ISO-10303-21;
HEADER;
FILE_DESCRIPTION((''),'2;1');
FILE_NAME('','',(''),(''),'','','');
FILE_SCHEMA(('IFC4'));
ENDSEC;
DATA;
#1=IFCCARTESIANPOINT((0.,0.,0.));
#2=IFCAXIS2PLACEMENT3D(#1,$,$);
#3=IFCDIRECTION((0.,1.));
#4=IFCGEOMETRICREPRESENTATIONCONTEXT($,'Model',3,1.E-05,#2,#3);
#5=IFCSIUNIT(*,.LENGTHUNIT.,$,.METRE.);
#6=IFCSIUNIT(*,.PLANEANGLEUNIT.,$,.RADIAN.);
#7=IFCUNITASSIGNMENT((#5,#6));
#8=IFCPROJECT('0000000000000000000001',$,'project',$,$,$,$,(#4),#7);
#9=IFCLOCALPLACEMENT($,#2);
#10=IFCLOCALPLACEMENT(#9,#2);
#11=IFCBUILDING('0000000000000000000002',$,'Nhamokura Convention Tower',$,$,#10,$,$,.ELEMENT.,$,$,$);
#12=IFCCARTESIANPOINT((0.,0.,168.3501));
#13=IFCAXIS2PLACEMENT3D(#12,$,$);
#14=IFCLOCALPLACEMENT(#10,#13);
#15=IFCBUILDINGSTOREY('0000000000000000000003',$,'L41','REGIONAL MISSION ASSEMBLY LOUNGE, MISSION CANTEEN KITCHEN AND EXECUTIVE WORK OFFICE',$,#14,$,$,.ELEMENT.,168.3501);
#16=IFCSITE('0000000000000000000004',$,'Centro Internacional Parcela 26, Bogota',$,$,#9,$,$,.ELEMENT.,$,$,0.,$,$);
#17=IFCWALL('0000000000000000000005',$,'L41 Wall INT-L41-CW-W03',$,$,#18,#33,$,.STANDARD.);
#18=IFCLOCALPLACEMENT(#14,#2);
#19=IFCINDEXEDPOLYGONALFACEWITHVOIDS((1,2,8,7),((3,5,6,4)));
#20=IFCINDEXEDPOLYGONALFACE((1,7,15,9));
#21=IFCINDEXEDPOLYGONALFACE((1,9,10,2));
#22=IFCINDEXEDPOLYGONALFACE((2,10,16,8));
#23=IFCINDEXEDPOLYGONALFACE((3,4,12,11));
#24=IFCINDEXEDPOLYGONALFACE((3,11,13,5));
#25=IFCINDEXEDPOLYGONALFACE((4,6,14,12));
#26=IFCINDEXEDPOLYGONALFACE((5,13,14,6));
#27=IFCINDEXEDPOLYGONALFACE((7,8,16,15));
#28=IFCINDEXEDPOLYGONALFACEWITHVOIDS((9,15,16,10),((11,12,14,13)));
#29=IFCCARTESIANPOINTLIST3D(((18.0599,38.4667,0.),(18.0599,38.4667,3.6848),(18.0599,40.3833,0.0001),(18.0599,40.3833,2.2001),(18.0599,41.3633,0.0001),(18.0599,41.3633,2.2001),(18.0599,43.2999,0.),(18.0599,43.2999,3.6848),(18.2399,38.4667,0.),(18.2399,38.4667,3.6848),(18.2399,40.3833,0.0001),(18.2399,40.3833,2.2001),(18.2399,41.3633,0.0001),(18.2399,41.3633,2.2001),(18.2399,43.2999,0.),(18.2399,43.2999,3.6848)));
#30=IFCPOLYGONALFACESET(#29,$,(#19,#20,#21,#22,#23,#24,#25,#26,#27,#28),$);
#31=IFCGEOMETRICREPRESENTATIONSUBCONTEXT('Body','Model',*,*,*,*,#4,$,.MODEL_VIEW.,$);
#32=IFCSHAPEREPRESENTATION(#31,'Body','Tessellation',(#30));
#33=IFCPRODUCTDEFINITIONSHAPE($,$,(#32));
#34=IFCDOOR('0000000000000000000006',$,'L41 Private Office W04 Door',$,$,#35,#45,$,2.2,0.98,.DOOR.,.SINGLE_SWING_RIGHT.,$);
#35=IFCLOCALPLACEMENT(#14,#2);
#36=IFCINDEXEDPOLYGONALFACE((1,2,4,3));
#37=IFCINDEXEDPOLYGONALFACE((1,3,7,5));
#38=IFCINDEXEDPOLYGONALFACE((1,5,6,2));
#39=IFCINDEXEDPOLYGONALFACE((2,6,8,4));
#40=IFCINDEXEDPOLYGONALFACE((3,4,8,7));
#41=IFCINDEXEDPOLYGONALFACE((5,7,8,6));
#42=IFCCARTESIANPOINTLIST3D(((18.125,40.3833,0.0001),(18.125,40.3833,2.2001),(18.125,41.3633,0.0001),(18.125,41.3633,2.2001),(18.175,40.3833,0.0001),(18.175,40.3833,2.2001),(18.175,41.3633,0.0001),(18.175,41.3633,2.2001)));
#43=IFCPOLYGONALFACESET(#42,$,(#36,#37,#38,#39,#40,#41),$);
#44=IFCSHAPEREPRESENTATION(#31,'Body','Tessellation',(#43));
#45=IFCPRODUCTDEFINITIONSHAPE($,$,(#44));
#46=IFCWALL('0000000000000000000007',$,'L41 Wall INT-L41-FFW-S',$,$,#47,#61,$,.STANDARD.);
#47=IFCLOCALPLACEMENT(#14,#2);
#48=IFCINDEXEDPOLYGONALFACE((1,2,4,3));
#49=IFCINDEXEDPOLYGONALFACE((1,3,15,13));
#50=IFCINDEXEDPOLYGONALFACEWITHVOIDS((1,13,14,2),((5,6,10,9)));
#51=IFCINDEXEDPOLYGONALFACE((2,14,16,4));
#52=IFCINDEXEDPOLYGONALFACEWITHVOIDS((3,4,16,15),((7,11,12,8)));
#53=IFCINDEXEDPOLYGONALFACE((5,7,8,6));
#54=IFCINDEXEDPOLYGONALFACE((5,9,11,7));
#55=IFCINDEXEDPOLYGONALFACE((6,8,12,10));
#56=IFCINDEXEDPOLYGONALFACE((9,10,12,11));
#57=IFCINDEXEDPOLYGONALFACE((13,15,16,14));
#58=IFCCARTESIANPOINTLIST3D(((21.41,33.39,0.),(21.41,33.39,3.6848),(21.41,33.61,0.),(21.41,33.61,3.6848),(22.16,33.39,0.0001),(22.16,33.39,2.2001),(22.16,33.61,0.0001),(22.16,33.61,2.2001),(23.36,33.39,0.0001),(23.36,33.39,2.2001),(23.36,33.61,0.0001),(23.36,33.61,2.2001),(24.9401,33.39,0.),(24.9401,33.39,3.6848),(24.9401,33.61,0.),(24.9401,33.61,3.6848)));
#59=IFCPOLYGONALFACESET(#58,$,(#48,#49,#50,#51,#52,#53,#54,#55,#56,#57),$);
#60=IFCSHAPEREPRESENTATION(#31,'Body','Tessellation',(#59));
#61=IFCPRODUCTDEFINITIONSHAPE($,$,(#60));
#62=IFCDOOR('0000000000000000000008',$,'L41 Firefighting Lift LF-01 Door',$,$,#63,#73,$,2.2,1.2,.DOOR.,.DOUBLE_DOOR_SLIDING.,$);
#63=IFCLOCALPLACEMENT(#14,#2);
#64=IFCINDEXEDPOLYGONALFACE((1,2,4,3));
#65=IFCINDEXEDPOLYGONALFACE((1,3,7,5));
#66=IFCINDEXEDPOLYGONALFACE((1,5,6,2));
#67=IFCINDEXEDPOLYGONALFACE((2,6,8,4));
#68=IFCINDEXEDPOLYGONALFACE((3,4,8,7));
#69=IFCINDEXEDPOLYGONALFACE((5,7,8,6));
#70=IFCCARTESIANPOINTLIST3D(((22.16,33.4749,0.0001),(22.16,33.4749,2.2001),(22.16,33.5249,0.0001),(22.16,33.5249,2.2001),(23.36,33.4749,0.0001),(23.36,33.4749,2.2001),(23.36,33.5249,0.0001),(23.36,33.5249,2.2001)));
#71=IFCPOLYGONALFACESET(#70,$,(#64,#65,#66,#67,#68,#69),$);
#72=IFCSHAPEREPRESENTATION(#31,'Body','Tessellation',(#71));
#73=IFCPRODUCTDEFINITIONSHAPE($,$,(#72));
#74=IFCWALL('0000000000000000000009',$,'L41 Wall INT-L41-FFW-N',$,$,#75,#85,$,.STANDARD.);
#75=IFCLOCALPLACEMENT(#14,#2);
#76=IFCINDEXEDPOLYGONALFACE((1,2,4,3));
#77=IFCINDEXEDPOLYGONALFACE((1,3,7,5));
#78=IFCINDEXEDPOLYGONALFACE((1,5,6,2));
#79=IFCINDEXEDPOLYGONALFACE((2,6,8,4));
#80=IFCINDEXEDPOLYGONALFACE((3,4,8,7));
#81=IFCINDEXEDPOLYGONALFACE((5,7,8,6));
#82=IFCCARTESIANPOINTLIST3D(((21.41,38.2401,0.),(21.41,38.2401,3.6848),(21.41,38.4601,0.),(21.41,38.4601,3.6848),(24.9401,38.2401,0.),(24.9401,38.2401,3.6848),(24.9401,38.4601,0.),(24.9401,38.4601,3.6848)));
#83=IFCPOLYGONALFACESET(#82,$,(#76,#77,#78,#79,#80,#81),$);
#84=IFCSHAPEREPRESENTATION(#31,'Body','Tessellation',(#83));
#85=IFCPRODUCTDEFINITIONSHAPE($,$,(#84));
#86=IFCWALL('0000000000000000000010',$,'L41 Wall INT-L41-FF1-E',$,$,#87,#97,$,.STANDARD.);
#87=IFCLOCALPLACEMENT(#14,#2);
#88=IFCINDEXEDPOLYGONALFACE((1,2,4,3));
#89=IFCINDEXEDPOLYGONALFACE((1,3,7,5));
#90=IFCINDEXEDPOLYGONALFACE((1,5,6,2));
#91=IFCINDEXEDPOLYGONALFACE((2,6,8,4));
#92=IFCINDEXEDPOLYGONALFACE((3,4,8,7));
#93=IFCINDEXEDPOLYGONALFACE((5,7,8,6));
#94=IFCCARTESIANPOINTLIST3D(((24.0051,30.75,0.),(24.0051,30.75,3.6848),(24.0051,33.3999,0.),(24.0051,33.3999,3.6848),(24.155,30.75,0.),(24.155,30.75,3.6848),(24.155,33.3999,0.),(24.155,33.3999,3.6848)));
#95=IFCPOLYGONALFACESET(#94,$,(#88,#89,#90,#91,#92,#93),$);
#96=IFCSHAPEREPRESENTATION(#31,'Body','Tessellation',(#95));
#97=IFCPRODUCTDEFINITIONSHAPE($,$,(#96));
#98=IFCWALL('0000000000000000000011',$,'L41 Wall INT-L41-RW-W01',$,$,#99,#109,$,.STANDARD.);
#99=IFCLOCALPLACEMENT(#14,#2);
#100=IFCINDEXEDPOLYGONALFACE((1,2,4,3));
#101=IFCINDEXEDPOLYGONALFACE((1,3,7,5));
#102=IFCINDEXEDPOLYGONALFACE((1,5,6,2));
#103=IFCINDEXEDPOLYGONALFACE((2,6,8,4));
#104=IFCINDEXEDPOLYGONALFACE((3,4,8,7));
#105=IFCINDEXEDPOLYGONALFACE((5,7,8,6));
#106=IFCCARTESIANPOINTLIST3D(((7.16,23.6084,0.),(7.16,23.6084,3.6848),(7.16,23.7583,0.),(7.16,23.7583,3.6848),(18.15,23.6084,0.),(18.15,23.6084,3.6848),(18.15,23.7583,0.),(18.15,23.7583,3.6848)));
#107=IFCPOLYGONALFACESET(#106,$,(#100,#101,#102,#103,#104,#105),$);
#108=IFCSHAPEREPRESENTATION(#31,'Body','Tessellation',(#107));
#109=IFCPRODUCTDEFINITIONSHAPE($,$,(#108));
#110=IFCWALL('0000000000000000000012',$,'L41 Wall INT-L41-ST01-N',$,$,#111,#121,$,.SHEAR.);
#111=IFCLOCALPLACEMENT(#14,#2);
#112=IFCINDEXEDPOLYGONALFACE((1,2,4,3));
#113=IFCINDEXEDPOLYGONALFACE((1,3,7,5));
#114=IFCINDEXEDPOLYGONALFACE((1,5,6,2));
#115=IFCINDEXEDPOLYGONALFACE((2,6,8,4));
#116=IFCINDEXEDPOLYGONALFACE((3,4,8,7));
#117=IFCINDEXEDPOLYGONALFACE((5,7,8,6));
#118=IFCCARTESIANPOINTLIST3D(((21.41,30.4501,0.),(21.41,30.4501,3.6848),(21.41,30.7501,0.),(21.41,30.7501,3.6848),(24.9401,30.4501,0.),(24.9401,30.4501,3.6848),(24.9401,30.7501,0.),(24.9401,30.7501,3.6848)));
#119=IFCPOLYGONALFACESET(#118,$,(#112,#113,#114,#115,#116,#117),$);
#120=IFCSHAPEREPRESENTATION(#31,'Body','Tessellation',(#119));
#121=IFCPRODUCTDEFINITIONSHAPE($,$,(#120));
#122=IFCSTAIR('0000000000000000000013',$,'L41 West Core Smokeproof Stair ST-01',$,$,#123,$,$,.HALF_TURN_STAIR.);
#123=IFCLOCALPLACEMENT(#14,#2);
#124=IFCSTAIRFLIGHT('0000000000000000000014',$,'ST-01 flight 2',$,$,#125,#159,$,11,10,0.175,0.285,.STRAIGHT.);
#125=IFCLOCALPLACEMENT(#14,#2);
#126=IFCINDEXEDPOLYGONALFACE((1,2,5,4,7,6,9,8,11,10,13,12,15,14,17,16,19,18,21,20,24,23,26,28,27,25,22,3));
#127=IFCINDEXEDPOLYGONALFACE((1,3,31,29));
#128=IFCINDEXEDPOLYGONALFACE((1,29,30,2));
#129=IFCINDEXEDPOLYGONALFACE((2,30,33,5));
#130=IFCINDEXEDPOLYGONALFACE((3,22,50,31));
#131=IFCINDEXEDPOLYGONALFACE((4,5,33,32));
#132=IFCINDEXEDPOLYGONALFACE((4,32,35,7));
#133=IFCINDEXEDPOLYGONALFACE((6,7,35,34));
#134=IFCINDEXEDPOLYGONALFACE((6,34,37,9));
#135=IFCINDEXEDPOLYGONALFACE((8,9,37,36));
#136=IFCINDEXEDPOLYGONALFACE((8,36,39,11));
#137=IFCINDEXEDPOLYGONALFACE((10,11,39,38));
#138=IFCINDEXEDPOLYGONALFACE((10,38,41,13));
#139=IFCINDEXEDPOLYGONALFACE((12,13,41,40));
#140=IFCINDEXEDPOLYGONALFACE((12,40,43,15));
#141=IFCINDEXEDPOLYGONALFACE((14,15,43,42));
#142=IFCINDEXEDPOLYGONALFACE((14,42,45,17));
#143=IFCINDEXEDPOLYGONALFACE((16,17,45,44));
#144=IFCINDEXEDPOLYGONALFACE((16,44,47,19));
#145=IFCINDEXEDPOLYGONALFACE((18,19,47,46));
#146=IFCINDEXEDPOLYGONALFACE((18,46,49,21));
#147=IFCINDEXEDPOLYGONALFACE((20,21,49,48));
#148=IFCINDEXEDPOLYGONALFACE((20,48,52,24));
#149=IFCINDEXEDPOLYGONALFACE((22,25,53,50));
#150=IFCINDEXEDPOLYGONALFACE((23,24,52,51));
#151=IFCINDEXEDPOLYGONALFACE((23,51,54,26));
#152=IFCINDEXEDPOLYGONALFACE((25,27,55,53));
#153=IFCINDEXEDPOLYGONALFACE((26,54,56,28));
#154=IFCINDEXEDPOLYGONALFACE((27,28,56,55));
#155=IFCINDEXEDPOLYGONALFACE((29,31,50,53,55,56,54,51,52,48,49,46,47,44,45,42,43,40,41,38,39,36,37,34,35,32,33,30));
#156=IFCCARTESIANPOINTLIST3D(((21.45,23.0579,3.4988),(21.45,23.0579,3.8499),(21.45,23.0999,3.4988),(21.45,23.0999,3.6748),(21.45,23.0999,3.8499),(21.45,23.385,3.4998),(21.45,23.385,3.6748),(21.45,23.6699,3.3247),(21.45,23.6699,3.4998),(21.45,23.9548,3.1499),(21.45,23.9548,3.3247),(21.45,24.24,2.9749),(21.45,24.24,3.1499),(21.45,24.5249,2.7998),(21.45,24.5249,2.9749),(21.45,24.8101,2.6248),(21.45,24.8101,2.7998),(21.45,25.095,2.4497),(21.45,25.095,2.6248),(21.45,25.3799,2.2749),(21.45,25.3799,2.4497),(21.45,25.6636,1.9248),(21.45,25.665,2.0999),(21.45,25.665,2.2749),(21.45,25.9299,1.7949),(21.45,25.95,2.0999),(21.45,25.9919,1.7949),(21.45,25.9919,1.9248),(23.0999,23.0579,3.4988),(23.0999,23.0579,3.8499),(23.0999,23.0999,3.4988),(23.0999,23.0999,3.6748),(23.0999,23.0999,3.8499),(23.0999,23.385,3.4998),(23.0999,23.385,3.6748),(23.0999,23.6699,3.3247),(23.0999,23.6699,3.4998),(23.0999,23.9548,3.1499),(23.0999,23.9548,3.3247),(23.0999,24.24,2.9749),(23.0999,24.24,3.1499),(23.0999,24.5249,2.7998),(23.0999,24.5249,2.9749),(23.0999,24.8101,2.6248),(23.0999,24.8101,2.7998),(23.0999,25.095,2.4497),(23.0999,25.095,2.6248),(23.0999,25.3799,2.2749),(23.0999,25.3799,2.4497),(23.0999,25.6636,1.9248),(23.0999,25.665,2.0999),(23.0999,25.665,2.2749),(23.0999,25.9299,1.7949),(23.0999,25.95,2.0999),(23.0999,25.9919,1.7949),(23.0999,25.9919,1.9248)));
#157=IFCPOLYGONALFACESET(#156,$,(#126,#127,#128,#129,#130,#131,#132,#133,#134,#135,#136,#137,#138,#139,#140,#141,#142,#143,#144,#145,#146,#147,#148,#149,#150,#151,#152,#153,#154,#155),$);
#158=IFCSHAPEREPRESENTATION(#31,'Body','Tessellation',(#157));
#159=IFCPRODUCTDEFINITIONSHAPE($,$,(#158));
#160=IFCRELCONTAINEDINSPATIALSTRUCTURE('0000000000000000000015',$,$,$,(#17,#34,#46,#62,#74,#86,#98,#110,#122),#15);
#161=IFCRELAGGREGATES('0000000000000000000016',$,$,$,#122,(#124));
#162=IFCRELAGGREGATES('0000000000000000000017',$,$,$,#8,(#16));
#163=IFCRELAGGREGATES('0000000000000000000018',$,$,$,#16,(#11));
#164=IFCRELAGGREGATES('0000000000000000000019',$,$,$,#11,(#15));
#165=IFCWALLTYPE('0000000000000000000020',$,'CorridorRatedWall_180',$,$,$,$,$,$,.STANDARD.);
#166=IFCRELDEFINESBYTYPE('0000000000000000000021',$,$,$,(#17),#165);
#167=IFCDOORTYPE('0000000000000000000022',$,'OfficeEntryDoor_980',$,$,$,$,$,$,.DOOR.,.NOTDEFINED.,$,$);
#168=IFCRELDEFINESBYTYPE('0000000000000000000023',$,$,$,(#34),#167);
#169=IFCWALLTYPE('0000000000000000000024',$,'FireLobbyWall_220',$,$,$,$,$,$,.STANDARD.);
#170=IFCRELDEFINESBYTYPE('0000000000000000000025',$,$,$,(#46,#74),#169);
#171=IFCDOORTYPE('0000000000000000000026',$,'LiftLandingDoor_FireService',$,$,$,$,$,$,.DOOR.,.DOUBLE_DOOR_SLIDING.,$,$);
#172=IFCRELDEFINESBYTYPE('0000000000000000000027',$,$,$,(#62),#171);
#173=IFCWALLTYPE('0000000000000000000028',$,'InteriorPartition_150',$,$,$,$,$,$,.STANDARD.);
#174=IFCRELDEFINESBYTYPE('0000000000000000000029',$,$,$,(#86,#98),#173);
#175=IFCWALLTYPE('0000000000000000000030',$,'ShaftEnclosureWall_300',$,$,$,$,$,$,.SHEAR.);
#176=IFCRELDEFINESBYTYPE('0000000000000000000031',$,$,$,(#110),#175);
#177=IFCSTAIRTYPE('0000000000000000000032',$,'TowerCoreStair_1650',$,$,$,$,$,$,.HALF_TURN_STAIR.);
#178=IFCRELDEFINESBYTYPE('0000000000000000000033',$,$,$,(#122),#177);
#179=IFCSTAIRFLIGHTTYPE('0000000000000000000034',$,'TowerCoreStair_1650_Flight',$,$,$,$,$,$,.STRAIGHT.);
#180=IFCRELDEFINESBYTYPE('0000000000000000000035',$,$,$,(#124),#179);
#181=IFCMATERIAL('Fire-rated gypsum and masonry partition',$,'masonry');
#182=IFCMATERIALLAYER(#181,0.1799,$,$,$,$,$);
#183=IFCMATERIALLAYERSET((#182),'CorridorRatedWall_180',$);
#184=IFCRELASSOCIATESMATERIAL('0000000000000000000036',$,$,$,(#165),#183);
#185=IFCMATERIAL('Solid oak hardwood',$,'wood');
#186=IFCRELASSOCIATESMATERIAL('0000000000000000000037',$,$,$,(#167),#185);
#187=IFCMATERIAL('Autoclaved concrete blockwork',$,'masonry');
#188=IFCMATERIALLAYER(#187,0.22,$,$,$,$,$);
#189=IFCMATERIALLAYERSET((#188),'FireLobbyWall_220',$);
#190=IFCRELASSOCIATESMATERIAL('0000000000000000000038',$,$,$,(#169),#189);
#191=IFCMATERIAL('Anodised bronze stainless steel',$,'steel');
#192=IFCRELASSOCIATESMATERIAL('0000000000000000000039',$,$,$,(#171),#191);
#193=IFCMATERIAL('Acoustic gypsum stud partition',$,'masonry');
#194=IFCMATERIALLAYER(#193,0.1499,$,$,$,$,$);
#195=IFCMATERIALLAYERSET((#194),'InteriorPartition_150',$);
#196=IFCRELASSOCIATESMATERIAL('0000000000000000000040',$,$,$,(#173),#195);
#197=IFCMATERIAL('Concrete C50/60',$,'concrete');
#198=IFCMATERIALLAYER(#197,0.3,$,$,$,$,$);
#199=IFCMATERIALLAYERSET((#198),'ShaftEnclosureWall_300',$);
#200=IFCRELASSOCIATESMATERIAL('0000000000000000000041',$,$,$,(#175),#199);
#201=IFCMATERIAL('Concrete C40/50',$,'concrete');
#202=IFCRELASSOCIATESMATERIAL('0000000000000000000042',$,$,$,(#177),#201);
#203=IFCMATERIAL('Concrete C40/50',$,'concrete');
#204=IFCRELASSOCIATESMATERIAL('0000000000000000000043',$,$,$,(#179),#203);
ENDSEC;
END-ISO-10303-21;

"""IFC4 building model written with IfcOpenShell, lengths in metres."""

from ifc_helpers import new_model, si_unit, direction, frame, frame_2d, origin, place, context, subcontext, project, spatial, polyline, rectangle, outline, extrude, material, layer, layer_set, type_object, element, fill, aggregate, save


model = new_model("IFC4")

# Units and contexts
model_context = context("Model", 3, precision=1e-05, world=origin(), true_north=direction((0.0, 1.0)))
body_context = subcontext(model_context, "Body", "Model", "MODEL_VIEW")
ifc_project = project(units=[si_unit("LENGTHUNIT", "METRE"), si_unit("PLANEANGLEUNIT", "RADIAN")], contexts=[model_context])

# Site, building, storey
site_placement = place(None, origin())
site = spatial("IfcSite", under=ifc_project, at=site_placement, Name="Centro Internacional Parcela 26, Bogota", CompositionType="ELEMENT", RefElevation=0.0)
building_placement = place(site_placement, origin())
building = spatial("IfcBuilding", under=site, at=building_placement, Name="Nhamokura Convention Tower", CompositionType="ELEMENT")
storey_placement = place(building_placement, frame((0.0, 0.0, 168.3501)))
storey = spatial("IfcBuildingStorey", under=building, at=storey_placement, Name="L41", Description="REGIONAL MISSION ASSEMBLY LOUNGE, MISSION CANTEEN KITCHEN AND EXECUTIVE WORK OFFICE", CompositionType="ELEMENT", Elevation=168.3501)

# Walls, openings, doors
ifc_material_1 = material(Name="Fire-rated gypsum and masonry partition", Category="masonry")
ifc_layer_1 = layer(ifc_material_1, 0.1799)
ifc_layer_set_1 = layer_set([ifc_layer_1], Name="CorridorRatedWall_180")
wall_type_1 = type_object("IfcWallType", Name="CorridorRatedWall_180", PredefinedType="STANDARD", material=ifc_layer_set_1)
ifc_material_2 = material(Name="Solid oak hardwood", Category="wood")
door_type_1 = type_object("IfcDoorType", Name="OfficeEntryDoor_980", OperationType="NOTDEFINED", PredefinedType="DOOR", material=ifc_material_2)
wall_1_placement = place(storey_placement, frame((18.1499, 38.4668, 0.0), z_axis=(0.0, 0.0, 1.0), x_axis=(0.0, 1.0, 0.0)))
wall_1 = element("IfcWall", 1, at=wall_1_placement, inside=storey, type_object=wall_type_1, Name="L41 Wall INT-L41-CW-W03", PredefinedType="STANDARD", context=body_context, shape_type="SweptSolid", body=[
    extrude(rectangle(XDim=4.8333, YDim=0.1799, at=frame_2d((2.4165, 0.0))), origin(), (0.0, 0.0, 1.0), 3.6848),
])
opening_1_placement = place(wall_1_placement, frame((1.9165, 0.0, 0.0)))
opening_1 = element("IfcOpeningElement", 2, at=opening_1_placement, cuts=wall_1, PredefinedType="OPENING", context=body_context, shape_type="SweptSolid", body=[
    extrude(rectangle(XDim=0.98, YDim=2.2, at=frame_2d((0.49, 1.1001))), frame((0.0, 0.0999, 0.0), z_axis=(0.0, -1.0, 0.0), x_axis=(1.0, 0.0, 0.0)), (0.0, 0.0, 1.0), 0.2),
])
door_1_placement = place(opening_1_placement, origin())
door_1 = element("IfcDoor", 3, at=door_1_placement, inside=storey, type_object=door_type_1, Name="L41 Private Office W04 Door", OperationType="SINGLE_SWING_RIGHT", OverallHeight=2.2, OverallWidth=0.98, PredefinedType="DOOR", context=body_context, shape_type="SweptSolid", body=[
    extrude(rectangle(XDim=0.98, YDim=2.2, at=frame_2d((0.49, 1.1001))), frame((0.0, 0.0249, 0.0), z_axis=(0.0, -1.0, 0.0), x_axis=(1.0, 0.0, 0.0)), (0.0, 0.0, 1.0), 0.05),
])
fill(opening_1, door_1)
ifc_material_3 = material(Name="Autoclaved concrete blockwork", Category="masonry")
ifc_layer_2 = layer(ifc_material_3, 0.22)
ifc_layer_set_2 = layer_set([ifc_layer_2], Name="FireLobbyWall_220")
wall_type_2 = type_object("IfcWallType", Name="FireLobbyWall_220", PredefinedType="STANDARD", material=ifc_layer_set_2)
wall_2_placement = place(storey_placement, frame((21.4099, 33.5, 0.0), z_axis=(0.0, 0.0, 1.0), x_axis=(1.0, 0.0, 0.0)))
wall_2 = element("IfcWall", 4, at=wall_2_placement, inside=storey, type_object=wall_type_2, Name="L41 Wall INT-L41-FFW-S", PredefinedType="STANDARD", context=body_context, shape_type="SweptSolid", body=[
    extrude(rectangle(XDim=3.53, YDim=0.22, at=frame_2d((1.7651, 0.0))), origin(), (0.0, 0.0, 1.0), 3.6848),
])
opening_2_placement = place(wall_2_placement, frame((0.75, 0.0, 0.0)))
opening_2 = element("IfcOpeningElement", 5, at=opening_2_placement, cuts=wall_2, PredefinedType="OPENING", context=body_context, shape_type="SweptSolid", body=[
    extrude(rectangle(XDim=1.2, YDim=2.2, at=frame_2d((0.6001, 1.1001))), frame((0.0, 0.1199, 0.0), z_axis=(0.0, -1.0, 0.0), x_axis=(1.0, 0.0, 0.0)), (0.0, 0.0, 1.0), 0.24),
])
ifc_material_4 = material(Name="Anodised bronze stainless steel", Category="steel")
door_type_2 = type_object("IfcDoorType", Name="LiftLandingDoor_FireService", OperationType="DOUBLE_DOOR_SLIDING", PredefinedType="DOOR", material=ifc_material_4)
door_2_placement = place(opening_2_placement, origin())
door_2 = element("IfcDoor", 6, at=door_2_placement, inside=storey, type_object=door_type_2, Name="L41 Firefighting Lift LF-01 Door", OperationType="DOUBLE_DOOR_SLIDING", OverallHeight=2.2, OverallWidth=1.2, PredefinedType="DOOR", context=body_context, shape_type="SweptSolid", body=[
    extrude(rectangle(XDim=1.2, YDim=2.2, at=frame_2d((0.6001, 1.1001))), frame((0.0, 0.0249, 0.0), z_axis=(0.0, -1.0, 0.0), x_axis=(1.0, 0.0, 0.0)), (0.0, 0.0, 1.0), 0.05),
])
fill(opening_2, door_2)

# Walls
wall_3_placement = place(storey_placement, frame((21.4099, 38.3501, 0.0), z_axis=(0.0, 0.0, 1.0), x_axis=(1.0, 0.0, 0.0)))
element("IfcWall", 7, at=wall_3_placement, inside=storey, type_object=wall_type_2, Name="L41 Wall INT-L41-FFW-N", PredefinedType="STANDARD", context=body_context, shape_type="SweptSolid", body=[
    extrude(rectangle(XDim=3.53, YDim=0.22, at=frame_2d((1.7651, 0.0))), origin(), (0.0, 0.0, 1.0), 3.6848),
])
ifc_material_5 = material(Name="Acoustic gypsum stud partition", Category="masonry")
ifc_layer_3 = layer(ifc_material_5, 0.1499)
ifc_layer_set_3 = layer_set([ifc_layer_3], Name="InteriorPartition_150")
wall_type_3 = type_object("IfcWallType", Name="InteriorPartition_150", PredefinedType="STANDARD", material=ifc_layer_set_3)
wall_4_placement = place(storey_placement, frame((24.0801, 30.75, 0.0), z_axis=(0.0, 0.0, 1.0), x_axis=(0.0, 1.0, 0.0)))
element("IfcWall", 8, at=wall_4_placement, inside=storey, type_object=wall_type_3, Name="L41 Wall INT-L41-FF1-E", PredefinedType="STANDARD", context=body_context, shape_type="SweptSolid", body=[
    extrude(rectangle(XDim=2.6499, YDim=0.1499, at=frame_2d((1.325, 0.0))), origin(), (0.0, 0.0, 1.0), 3.6848),
])
wall_5_placement = place(storey_placement, frame((7.1599, 23.6833, 0.0), z_axis=(0.0, 0.0, 1.0), x_axis=(1.0, 0.0, 0.0)))
element("IfcWall", 9, at=wall_5_placement, inside=storey, type_object=wall_type_3, Name="L41 Wall INT-L41-RW-W01", PredefinedType="STANDARD", context=body_context, shape_type="SweptSolid", body=[
    extrude(rectangle(XDim=10.99, YDim=0.1499, at=frame_2d((5.4951, 0.0))), origin(), (0.0, 0.0, 1.0), 3.6848),
])
ifc_material_6 = material(Name="Concrete C50/60", Category="concrete")
ifc_layer_4 = layer(ifc_material_6, 0.3)
ifc_layer_set_4 = layer_set([ifc_layer_4], Name="ShaftEnclosureWall_300")
wall_type_4 = type_object("IfcWallType", Name="ShaftEnclosureWall_300", PredefinedType="SHEAR", material=ifc_layer_set_4)
wall_6_placement = place(storey_placement, frame((21.4099, 30.6001, 0.0), z_axis=(0.0, 0.0, 1.0), x_axis=(1.0, 0.0, 0.0)))
element("IfcWall", 10, at=wall_6_placement, inside=storey, type_object=wall_type_4, Name="L41 Wall INT-L41-ST01-N", PredefinedType="SHEAR", context=body_context, shape_type="SweptSolid", body=[
    extrude(rectangle(XDim=3.53, YDim=0.3, at=frame_2d((1.7651, 0.0))), origin(), (0.0, 0.0, 1.0), 3.6848),
])

# Stair, stair flight
ifc_material_7 = material(Name="Concrete C40/50", Category="concrete")
stair_type = type_object("IfcStairType", Name="TowerCoreStair_1650", PredefinedType="HALF_TURN_STAIR", material=ifc_material_7)
stair_placement = place(storey_placement, origin())
stair = element("IfcStair", 11, at=stair_placement, inside=storey, type_object=stair_type, Name="L41 West Core Smokeproof Stair ST-01", PredefinedType="HALF_TURN_STAIR")
ifc_material_8 = material(Name="Concrete C40/50", Category="concrete")
stair_flight_type = type_object("IfcStairFlightType", Name="TowerCoreStair_1650_Flight", PredefinedType="STRAIGHT", material=ifc_material_8)
stair_flight_placement = place(storey_placement, frame((22.2749, 25.95, 1.9248), z_axis=(0.0, 0.0, 1.0), x_axis=(0.0, -1.0, 0.0)))
stair_flight = element("IfcStairFlight", 12, at=stair_flight_placement, type_object=stair_flight_type, Name="ST-01 flight 2", NumberOfRisers=11, NumberOfTreads=10, PredefinedType="STRAIGHT", RiserHeight=0.175, TreadLength=0.285, context=body_context, shape_type="SweptSolid", body=[
    extrude(outline(polyline([(-0.042, 0.0), (0.0, 0.175), (0.2849, 0.175), (0.2849, 0.3501), (0.5701, 0.3501), (0.5701, 0.5249), (0.855, 0.5249), (0.855, 0.7), (1.1399, 0.7), (1.1399, 0.875), (1.425, 0.875), (1.425, 1.05), (1.71, 1.05), (1.71, 1.2251), (1.9951, 1.2251), (1.9951, 1.3999), (2.28, 1.3999), (2.28, 1.575), (2.5649, 1.575), (2.5649, 1.75), (2.8501, 1.75), (2.8501, 1.925), (2.8921, 1.925), (2.8921, 1.574), (2.8501, 1.574), (0.2864, 0.0), (0.02, -0.1299), (-0.042, -0.1299), (-0.042, 0.0)])), frame((0.0, 0.825, 0.0), z_axis=(0.0, -1.0, 0.0), x_axis=(1.0, 0.0, 0.0)), (0.0, 0.0, 1.0), 1.6499),
])
aggregate(stair, [stair_flight])

save(model, "model.ifc")
